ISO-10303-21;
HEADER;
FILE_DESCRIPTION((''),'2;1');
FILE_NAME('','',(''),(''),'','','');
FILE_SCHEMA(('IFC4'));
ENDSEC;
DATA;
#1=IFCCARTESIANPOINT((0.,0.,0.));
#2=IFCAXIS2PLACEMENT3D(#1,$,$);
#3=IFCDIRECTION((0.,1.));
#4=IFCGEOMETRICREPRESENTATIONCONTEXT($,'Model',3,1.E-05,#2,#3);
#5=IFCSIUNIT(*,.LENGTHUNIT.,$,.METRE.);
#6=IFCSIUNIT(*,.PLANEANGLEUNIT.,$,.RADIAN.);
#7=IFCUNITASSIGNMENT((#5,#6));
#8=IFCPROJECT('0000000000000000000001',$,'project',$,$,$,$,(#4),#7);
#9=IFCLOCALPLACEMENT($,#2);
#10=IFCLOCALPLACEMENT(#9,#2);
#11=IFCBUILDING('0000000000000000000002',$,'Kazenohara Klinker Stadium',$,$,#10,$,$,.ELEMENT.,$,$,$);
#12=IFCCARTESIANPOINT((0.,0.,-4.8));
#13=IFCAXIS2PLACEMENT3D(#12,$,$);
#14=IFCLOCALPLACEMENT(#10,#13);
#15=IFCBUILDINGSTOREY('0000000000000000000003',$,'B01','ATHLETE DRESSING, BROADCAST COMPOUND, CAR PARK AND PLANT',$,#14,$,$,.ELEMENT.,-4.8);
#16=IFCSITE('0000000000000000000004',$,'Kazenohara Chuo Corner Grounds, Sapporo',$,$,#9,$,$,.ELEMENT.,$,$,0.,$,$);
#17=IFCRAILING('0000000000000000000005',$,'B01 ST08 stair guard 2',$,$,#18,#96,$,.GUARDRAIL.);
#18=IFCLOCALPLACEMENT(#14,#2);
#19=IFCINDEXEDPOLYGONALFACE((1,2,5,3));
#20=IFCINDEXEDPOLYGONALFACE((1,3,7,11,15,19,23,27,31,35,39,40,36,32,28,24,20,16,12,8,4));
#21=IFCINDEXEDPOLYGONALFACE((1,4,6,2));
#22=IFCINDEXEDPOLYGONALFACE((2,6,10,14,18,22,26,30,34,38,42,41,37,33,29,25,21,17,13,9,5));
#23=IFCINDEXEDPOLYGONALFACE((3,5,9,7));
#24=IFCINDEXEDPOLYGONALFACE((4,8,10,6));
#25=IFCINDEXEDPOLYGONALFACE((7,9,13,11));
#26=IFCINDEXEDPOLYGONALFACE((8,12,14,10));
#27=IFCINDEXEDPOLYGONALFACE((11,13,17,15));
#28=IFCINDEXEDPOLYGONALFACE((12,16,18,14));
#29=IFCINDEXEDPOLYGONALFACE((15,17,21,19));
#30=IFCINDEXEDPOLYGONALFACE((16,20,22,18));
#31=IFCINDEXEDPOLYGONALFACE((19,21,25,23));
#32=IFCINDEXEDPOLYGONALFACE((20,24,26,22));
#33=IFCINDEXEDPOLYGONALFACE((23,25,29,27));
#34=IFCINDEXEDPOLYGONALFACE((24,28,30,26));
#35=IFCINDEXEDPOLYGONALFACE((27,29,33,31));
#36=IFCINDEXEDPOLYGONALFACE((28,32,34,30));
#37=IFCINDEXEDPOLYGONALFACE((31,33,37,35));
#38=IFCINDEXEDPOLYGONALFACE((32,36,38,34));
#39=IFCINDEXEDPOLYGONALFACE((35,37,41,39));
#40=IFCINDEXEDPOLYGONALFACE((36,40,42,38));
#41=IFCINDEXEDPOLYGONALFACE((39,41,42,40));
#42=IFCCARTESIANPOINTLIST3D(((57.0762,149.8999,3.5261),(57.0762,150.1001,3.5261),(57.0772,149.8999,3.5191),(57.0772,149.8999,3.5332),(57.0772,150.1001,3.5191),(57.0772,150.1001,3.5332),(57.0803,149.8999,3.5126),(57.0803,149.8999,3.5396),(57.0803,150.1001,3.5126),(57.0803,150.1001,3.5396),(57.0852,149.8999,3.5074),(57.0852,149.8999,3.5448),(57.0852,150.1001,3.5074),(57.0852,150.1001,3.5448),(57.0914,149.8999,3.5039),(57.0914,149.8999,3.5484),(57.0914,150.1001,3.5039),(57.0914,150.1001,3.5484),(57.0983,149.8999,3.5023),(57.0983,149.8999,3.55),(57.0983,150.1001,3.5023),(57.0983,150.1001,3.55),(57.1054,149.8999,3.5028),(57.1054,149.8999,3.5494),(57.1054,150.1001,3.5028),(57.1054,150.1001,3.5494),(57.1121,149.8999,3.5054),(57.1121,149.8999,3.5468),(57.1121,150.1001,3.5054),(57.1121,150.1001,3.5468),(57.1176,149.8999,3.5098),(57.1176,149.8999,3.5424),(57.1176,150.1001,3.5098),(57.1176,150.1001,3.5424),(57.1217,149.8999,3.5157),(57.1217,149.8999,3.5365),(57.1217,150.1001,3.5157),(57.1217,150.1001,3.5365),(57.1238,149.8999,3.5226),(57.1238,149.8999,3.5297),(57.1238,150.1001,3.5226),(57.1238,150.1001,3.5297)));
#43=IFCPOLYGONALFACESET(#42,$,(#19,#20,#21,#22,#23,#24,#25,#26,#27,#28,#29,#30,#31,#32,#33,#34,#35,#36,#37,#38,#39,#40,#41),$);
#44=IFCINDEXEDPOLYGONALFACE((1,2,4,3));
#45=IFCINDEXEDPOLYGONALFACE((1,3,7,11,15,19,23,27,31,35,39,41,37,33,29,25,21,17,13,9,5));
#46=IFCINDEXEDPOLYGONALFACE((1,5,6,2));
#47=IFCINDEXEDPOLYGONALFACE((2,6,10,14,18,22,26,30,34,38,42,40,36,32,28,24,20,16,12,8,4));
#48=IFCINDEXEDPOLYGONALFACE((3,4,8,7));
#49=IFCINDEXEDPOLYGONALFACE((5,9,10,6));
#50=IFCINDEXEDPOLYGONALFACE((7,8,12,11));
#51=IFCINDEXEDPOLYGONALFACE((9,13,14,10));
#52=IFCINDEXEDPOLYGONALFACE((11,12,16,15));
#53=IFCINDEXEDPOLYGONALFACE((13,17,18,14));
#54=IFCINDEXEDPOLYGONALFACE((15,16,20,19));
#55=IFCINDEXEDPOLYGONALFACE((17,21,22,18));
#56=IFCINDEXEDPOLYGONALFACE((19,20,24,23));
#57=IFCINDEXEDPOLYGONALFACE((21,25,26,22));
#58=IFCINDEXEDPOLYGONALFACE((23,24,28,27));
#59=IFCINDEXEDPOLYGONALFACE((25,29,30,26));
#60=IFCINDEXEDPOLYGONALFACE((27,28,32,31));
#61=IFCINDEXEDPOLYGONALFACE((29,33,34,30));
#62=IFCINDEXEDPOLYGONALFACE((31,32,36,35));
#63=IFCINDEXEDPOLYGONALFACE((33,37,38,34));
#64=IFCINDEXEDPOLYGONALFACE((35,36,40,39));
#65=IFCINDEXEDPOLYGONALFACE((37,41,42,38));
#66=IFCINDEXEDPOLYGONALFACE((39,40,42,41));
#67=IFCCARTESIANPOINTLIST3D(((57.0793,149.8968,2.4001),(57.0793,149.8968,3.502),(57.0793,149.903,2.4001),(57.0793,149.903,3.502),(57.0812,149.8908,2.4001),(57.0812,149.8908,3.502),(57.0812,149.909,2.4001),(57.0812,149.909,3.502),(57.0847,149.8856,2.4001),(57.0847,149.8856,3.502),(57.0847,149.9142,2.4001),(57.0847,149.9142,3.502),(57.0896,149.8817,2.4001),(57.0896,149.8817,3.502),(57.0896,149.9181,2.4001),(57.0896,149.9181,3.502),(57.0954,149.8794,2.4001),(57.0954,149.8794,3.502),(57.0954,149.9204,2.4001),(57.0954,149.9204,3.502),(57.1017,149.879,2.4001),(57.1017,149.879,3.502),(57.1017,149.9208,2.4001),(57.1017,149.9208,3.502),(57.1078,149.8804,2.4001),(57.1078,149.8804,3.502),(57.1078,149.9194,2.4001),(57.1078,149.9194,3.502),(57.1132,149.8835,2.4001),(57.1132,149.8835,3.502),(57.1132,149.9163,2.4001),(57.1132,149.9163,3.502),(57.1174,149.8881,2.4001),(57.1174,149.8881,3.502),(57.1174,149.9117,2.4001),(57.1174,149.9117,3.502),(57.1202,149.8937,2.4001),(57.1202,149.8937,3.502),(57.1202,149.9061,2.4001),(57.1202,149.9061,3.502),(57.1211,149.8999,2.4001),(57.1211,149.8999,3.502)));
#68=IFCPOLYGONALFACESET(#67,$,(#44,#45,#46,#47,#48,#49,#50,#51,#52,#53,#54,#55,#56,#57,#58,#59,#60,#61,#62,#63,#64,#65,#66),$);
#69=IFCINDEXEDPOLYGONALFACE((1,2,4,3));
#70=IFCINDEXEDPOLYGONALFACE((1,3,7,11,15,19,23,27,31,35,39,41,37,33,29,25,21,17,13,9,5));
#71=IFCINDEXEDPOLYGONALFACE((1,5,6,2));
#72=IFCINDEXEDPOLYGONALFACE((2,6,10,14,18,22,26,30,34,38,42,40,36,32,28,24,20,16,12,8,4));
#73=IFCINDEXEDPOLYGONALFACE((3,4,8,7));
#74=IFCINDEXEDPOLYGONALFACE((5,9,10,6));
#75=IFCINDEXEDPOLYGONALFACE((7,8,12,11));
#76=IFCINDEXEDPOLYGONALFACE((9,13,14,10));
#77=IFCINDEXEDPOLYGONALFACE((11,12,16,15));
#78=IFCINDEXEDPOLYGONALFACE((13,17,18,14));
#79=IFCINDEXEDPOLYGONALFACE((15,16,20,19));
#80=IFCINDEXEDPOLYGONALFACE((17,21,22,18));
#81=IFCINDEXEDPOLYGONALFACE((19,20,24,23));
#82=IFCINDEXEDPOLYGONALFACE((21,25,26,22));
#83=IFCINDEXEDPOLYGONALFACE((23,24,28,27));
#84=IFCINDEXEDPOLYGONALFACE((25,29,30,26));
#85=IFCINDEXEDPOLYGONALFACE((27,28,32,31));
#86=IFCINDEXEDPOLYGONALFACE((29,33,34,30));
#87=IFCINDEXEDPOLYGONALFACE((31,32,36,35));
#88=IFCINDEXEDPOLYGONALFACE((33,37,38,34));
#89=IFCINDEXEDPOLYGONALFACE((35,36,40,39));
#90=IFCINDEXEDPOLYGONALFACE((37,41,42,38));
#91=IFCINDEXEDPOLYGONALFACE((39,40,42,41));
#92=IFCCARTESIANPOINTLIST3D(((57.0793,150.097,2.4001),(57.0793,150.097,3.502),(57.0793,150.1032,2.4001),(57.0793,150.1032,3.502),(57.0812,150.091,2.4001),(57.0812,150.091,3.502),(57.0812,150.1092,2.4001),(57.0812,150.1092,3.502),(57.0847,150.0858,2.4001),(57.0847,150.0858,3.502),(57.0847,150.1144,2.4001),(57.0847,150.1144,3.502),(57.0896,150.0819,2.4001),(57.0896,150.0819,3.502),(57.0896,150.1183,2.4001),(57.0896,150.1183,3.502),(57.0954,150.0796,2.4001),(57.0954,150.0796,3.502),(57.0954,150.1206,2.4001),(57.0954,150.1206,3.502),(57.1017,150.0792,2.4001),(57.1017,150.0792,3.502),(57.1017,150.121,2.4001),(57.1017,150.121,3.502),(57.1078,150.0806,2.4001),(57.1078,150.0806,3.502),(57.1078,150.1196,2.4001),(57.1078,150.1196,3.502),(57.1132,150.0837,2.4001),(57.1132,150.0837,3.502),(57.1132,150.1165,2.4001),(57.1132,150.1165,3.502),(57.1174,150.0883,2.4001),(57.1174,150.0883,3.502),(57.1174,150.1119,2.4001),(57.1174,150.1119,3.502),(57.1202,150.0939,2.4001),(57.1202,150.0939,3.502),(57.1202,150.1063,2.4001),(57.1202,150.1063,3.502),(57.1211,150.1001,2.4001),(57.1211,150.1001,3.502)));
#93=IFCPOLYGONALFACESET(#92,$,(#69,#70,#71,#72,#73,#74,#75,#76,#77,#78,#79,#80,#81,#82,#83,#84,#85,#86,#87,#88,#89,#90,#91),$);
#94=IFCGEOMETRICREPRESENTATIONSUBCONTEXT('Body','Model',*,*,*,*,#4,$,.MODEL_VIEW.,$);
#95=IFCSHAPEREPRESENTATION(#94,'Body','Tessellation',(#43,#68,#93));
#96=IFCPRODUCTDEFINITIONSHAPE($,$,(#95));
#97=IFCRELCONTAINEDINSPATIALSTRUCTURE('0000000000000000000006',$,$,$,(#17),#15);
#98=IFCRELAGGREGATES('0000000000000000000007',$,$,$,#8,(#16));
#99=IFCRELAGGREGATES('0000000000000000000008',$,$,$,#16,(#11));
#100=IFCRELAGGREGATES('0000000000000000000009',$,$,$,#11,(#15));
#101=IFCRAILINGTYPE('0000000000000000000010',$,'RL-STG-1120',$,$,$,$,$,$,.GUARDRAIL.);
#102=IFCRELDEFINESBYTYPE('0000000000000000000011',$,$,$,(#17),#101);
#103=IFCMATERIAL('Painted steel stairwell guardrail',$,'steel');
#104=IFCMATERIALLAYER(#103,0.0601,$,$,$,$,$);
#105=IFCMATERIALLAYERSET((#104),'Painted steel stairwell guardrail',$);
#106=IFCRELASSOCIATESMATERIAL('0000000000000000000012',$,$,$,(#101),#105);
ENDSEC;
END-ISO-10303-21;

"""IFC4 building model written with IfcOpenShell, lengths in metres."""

from ifc_helpers import new_model, si_unit, direction, frame, origin, origin_2d, place, context, subcontext, project, spatial, circle, extrude, material, layer, layer_set, type_object, element, save


model = new_model("IFC4")

# Units and contexts
model_context = context("Model", 3, precision=1e-05, world=origin(), true_north=direction((0.0, 1.0)))
body_context = subcontext(model_context, "Body", "Model", "MODEL_VIEW")
ifc_project = project(units=[si_unit("LENGTHUNIT", "METRE"), si_unit("PLANEANGLEUNIT", "RADIAN")], contexts=[model_context])

# Site, building, storey
site_placement = place(None, origin())
site = spatial("IfcSite", under=ifc_project, at=site_placement, Name="Kazenohara Chuo Corner Grounds, Sapporo", CompositionType="ELEMENT", RefElevation=0.0)
building_placement = place(site_placement, origin())
building = spatial("IfcBuilding", under=site, at=building_placement, Name="Kazenohara Klinker Stadium", CompositionType="ELEMENT")
storey_placement = place(building_placement, frame((0.0, 0.0, -4.8)))
storey = spatial("IfcBuildingStorey", under=building, at=storey_placement, Name="B01", Description="ATHLETE DRESSING, BROADCAST COMPOUND, CAR PARK AND PLANT", CompositionType="ELEMENT", Elevation=-4.8)

# Railing
ifc_material_1 = material(Name="Painted steel stairwell guardrail", Category="steel")
ifc_layer_1 = layer(ifc_material_1, 0.0601)
ifc_layer_set_1 = layer_set([ifc_layer_1], Name="Painted steel stairwell guardrail")
railing_type_1 = type_object("IfcRailingType", Name="RL-STG-1120", PredefinedType="GUARDRAIL", material=ifc_layer_set_1)
railing_1_placement = place(storey_placement, frame((57.1001, 149.8999, 2.4001)))
element("IfcRailing", 1, at=railing_1_placement, inside=storey, type_object=railing_type_1, Name="B01 ST08 stair guard 2", PredefinedType="GUARDRAIL", context=body_context, shape_type="SweptSolid", body=[
    extrude(circle(Radius=0.0239, at=origin_2d()), frame((0.0, 0.0, 1.126), z_axis=(0.0, 1.0, 0.0), x_axis=(-1.0, 0.0, 0.0)), (0.0, 0.0, 1.0), 0.2002),
    extrude(circle(Radius=0.021, at=origin_2d()), origin(), (0.0, 0.0, 1.0), 1.1018),
    extrude(circle(Radius=0.021, at=origin_2d()), frame((0.0, 0.2002, 0.0)), (0.0, 0.0, 1.0), 1.1018),
])

save(model, "model.ifc")
